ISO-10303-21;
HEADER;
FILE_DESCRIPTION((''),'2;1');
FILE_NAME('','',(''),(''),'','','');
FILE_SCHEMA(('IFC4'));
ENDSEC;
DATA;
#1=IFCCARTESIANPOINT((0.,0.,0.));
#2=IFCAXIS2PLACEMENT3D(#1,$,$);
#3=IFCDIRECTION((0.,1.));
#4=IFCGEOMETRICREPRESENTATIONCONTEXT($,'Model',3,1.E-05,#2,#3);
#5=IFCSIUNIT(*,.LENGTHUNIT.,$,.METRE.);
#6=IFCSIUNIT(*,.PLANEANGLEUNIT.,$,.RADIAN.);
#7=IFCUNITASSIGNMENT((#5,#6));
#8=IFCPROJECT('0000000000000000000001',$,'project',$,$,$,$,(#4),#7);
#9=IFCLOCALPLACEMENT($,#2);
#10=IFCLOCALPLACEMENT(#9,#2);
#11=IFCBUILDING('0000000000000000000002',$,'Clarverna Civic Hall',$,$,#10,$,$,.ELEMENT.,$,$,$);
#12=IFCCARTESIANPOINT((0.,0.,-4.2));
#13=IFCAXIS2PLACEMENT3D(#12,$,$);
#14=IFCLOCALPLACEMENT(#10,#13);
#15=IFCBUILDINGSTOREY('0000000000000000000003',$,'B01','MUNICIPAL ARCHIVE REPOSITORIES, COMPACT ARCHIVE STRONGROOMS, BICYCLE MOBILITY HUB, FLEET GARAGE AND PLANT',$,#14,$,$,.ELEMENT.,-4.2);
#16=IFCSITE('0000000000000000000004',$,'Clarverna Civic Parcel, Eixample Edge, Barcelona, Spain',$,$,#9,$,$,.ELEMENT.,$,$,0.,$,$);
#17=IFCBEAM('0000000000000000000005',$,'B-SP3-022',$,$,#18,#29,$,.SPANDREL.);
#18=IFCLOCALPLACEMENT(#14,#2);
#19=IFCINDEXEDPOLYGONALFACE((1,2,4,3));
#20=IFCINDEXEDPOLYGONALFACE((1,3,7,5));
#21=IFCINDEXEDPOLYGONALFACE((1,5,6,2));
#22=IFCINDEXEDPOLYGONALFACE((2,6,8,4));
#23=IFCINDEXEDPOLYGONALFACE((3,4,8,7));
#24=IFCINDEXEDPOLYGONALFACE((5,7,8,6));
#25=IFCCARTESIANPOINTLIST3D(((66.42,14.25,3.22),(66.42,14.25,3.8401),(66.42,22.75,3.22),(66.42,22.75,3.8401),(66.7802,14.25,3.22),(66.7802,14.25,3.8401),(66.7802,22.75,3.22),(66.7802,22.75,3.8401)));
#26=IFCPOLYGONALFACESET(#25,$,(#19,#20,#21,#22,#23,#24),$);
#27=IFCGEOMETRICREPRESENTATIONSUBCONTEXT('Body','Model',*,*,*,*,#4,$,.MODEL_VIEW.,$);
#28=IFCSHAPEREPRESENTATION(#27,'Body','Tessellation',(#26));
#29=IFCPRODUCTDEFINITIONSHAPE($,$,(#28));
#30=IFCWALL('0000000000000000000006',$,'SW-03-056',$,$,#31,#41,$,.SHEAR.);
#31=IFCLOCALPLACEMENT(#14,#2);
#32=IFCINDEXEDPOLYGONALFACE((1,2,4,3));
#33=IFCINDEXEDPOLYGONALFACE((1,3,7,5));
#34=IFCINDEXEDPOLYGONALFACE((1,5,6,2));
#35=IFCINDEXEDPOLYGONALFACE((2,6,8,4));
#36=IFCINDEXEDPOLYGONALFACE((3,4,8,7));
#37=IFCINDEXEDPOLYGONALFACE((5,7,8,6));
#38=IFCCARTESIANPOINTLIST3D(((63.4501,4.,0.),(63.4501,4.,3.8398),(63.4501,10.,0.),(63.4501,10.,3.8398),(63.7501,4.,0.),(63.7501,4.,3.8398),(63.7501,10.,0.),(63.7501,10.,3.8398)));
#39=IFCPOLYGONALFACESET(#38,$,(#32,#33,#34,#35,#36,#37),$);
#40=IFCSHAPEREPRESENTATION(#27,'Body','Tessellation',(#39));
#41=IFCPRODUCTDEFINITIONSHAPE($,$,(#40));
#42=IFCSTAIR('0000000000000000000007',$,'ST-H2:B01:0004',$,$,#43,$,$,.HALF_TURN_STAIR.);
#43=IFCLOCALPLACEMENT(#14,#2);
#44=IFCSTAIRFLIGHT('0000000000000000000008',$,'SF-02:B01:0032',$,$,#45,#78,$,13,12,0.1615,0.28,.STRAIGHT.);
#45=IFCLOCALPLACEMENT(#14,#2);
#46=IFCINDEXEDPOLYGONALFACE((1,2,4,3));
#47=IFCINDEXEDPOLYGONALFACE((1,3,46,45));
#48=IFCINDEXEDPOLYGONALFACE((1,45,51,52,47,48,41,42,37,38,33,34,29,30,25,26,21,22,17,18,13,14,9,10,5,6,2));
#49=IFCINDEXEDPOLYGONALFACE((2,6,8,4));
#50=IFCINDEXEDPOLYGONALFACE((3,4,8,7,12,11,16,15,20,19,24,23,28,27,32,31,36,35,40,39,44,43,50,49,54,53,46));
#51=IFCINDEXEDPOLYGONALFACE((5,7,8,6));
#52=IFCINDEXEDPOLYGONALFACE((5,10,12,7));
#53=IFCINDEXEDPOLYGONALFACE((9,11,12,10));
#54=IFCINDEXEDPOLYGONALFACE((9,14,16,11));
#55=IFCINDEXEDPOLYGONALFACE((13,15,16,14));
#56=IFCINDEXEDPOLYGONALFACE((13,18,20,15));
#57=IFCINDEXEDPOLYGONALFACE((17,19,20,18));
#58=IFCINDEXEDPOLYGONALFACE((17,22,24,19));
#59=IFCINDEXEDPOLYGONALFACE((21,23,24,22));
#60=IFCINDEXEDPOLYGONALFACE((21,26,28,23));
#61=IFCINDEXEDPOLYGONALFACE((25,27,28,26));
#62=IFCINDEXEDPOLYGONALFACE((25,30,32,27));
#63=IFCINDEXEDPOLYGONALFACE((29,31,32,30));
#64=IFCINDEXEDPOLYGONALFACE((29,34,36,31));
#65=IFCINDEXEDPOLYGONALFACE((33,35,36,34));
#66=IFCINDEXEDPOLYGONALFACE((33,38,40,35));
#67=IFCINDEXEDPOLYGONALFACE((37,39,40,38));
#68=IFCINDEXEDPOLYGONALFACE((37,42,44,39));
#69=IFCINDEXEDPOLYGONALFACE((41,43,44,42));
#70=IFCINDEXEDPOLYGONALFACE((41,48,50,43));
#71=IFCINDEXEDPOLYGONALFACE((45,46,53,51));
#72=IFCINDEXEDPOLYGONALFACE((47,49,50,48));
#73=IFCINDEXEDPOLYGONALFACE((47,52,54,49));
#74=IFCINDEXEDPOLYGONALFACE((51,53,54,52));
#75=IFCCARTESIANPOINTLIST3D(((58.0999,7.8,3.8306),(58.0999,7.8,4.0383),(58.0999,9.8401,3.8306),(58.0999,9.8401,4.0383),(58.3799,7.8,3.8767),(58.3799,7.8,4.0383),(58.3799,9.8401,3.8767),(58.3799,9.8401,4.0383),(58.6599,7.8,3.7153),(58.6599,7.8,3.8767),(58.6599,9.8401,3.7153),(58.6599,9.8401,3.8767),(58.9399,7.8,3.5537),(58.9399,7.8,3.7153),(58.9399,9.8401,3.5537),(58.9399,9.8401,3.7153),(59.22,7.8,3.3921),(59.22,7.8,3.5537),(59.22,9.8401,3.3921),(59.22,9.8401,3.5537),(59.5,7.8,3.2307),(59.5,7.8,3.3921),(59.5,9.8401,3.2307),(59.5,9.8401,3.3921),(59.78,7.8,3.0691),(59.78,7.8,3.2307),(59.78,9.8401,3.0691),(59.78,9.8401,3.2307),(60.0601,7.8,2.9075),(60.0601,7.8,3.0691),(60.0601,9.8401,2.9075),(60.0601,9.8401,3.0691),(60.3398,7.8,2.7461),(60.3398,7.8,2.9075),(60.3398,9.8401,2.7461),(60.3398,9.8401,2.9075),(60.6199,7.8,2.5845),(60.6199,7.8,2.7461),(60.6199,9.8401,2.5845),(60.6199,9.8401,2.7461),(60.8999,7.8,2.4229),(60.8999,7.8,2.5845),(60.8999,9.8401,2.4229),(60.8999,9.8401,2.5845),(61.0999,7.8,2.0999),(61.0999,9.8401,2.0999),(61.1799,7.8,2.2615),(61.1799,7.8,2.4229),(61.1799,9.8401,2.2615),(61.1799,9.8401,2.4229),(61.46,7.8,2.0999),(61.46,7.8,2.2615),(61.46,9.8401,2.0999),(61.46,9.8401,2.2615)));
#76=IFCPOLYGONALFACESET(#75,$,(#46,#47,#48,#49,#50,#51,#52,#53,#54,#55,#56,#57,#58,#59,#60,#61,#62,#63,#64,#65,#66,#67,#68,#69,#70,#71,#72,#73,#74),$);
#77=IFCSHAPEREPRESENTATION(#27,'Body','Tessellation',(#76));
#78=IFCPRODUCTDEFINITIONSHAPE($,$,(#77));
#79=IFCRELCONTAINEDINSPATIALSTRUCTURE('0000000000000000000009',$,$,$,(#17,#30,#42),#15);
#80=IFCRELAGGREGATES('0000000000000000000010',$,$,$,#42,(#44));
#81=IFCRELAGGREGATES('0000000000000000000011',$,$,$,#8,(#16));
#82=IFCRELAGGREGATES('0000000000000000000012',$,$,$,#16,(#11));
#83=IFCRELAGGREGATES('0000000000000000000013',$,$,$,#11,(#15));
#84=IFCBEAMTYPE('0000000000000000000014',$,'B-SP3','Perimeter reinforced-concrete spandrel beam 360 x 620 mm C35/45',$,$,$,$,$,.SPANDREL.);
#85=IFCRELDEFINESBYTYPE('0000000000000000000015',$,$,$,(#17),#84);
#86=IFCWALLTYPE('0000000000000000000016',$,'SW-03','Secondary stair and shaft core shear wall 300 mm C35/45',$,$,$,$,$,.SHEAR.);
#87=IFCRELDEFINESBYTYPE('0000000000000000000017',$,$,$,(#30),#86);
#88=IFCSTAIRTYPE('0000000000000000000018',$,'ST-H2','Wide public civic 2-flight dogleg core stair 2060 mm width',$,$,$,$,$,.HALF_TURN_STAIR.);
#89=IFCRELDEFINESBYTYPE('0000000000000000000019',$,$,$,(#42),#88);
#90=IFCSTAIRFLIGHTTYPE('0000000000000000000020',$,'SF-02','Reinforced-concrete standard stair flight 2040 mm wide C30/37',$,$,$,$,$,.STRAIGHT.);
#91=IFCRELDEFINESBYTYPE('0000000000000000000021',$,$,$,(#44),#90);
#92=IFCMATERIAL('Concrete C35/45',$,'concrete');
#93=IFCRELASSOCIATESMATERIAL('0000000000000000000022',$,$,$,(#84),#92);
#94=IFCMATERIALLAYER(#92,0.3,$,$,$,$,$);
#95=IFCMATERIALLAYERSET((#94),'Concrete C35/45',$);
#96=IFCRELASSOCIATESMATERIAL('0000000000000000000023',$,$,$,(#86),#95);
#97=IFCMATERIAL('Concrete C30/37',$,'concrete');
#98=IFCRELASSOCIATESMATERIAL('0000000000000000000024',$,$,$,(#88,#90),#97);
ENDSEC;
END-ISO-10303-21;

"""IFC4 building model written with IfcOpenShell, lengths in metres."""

from ifc_helpers import new_model, si_unit, direction, frame, frame_2d, origin, origin_2d, place, context, subcontext, project, spatial, polyline, rectangle, outline, extrude, material, layer, layer_set, material_profile, profile_set, type_object, element, aggregate, save


model = new_model("IFC4")

# Units and contexts
model_context = context("Model", 3, precision=1e-05, world=origin(), true_north=direction((0.0, 1.0)))
body_context = subcontext(model_context, "Body", "Model", "MODEL_VIEW")
ifc_project = project(units=[si_unit("LENGTHUNIT", "METRE"), si_unit("PLANEANGLEUNIT", "RADIAN")], contexts=[model_context])

# Site, building, storey
site_placement = place(None, origin())
site = spatial("IfcSite", under=ifc_project, at=site_placement, Name="Clarverna Civic Parcel, Eixample Edge, Barcelona, Spain", CompositionType="ELEMENT", RefElevation=0.0)
building_placement = place(site_placement, origin())
building = spatial("IfcBuilding", under=site, at=building_placement, Name="Clarverna Civic Hall", CompositionType="ELEMENT")
storey_placement = place(building_placement, frame((0.0, 0.0, -4.2)))
storey = spatial("IfcBuildingStorey", under=building, at=storey_placement, Name="B01", Description="MUNICIPAL ARCHIVE REPOSITORIES, COMPACT ARCHIVE STRONGROOMS, BICYCLE MOBILITY HUB, FLEET GARAGE AND PLANT", CompositionType="ELEMENT", Elevation=-4.2)

# Shared definitions
ifc_material_1 = material(Name="Concrete C30/37", Category="concrete")

# Beam
ifc_material_2 = material(Name="Concrete C35/45", Category="concrete")
ifc_material_profile_1 = material_profile(ifc_material_2, rectangle(XDim=0.3601, YDim=0.6201, at=origin_2d()), Name="RC 360x620")
ifc_profile_set_1 = profile_set([ifc_material_profile_1], Name="Concrete C35/45")
beam_type_1 = type_object("IfcBeamType", Name="B-SP3", Description="Perimeter reinforced-concrete spandrel beam 360 x 620 mm C35/45", PredefinedType="SPANDREL", material=ifc_profile_set_1)
beam_1_placement = place(storey_placement, frame((66.6001, 14.25, 3.53), z_axis=(0.0, 1.0, 0.0), x_axis=(-1.0, 0.0, 0.0)))
element("IfcBeam", 1, at=beam_1_placement, inside=storey, type_object=beam_type_1, Name="B-SP3-022", PredefinedType="SPANDREL", context=body_context, shape_type="SweptSolid", body=[
    extrude(rectangle(XDim=0.3601, YDim=0.6201, at=origin_2d()), origin(), (0.0, 0.0, 1.0), 8.5),
])

# Wall
ifc_layer = layer(ifc_material_2, 0.3)
ifc_layer_set = layer_set([ifc_layer], Name="Concrete C35/45")
wall_type = type_object("IfcWallType", Name="SW-03", Description="Secondary stair and shaft core shear wall 300 mm C35/45", PredefinedType="SHEAR", material=ifc_layer_set)
wall_placement = place(storey_placement, frame((63.6001, 4.0, 0.0), z_axis=(0.0, 0.0, 1.0), x_axis=(0.0, 1.0, 0.0)))
element("IfcWall", 2, at=wall_placement, inside=storey, type_object=wall_type, Name="SW-03-056", PredefinedType="SHEAR", context=body_context, shape_type="SweptSolid", body=[
    extrude(rectangle(XDim=6.0, YDim=0.3, at=frame_2d((3.0, 0.0))), origin(), (0.0, 0.0, 1.0), 3.8398),
])

# Stair, stair flight
stair_type = type_object("IfcStairType", Name="ST-H2", Description="Wide public civic 2-flight dogleg core stair 2060 mm width", PredefinedType="HALF_TURN_STAIR", material=ifc_material_1)
stair_placement = place(storey_placement, origin())
stair = element("IfcStair", 3, at=stair_placement, inside=storey, type_object=stair_type, Name="ST-H2:B01:0004", PredefinedType="HALF_TURN_STAIR")
stair_flight_type = type_object("IfcStairFlightType", Name="SF-02", Description="Reinforced-concrete standard stair flight 2040 mm wide C30/37", PredefinedType="STRAIGHT", material=ifc_material_1)
stair_flight_placement = place(storey_placement, frame((61.46, 8.8201, 2.0999), z_axis=(0.0, 0.0, 1.0), x_axis=(-1.0, 0.0, 0.0)))
stair_flight = element("IfcStairFlight", 4, at=stair_flight_placement, type_object=stair_flight_type, Name="SF-02:B01:0032", NumberOfRisers=13, NumberOfTreads=12, PredefinedType="STRAIGHT", RiserHeight=0.1615, TreadLength=0.28, context=body_context, shape_type="SweptSolid", body=[
    extrude(outline(polyline([(0.0, 0.0), (0.0, 0.1616), (0.28, 0.1616), (0.28, 0.323), (0.5601, 0.323), (0.5601, 0.4846), (0.8401, 0.4846), (0.8401, 0.6462), (1.1201, 0.6462), (1.1201, 0.8076), (1.3999, 0.8076), (1.3999, 0.9692), (1.6799, 0.9692), (1.6799, 1.1309), (1.96, 1.1309), (1.96, 1.2922), (2.24, 1.2922), (2.24, 1.4539), (2.52, 1.4539), (2.52, 1.6155), (2.8, 1.6155), (2.8, 1.7769), (3.0801, 1.7769), (3.0801, 1.9385), (3.3601, 1.9385), (3.3601, 2.1001), (3.3601, 1.7307), (0.3601, 0.0), (0.0, 0.0)])), frame((0.0, 1.02, 0.0), z_axis=(0.0, -1.0, 0.0), x_axis=(1.0, 0.0, 0.0)), (0.0, 0.0, 1.0), 2.04),
])
aggregate(stair, [stair_flight])

save(model, "model.ifc")
